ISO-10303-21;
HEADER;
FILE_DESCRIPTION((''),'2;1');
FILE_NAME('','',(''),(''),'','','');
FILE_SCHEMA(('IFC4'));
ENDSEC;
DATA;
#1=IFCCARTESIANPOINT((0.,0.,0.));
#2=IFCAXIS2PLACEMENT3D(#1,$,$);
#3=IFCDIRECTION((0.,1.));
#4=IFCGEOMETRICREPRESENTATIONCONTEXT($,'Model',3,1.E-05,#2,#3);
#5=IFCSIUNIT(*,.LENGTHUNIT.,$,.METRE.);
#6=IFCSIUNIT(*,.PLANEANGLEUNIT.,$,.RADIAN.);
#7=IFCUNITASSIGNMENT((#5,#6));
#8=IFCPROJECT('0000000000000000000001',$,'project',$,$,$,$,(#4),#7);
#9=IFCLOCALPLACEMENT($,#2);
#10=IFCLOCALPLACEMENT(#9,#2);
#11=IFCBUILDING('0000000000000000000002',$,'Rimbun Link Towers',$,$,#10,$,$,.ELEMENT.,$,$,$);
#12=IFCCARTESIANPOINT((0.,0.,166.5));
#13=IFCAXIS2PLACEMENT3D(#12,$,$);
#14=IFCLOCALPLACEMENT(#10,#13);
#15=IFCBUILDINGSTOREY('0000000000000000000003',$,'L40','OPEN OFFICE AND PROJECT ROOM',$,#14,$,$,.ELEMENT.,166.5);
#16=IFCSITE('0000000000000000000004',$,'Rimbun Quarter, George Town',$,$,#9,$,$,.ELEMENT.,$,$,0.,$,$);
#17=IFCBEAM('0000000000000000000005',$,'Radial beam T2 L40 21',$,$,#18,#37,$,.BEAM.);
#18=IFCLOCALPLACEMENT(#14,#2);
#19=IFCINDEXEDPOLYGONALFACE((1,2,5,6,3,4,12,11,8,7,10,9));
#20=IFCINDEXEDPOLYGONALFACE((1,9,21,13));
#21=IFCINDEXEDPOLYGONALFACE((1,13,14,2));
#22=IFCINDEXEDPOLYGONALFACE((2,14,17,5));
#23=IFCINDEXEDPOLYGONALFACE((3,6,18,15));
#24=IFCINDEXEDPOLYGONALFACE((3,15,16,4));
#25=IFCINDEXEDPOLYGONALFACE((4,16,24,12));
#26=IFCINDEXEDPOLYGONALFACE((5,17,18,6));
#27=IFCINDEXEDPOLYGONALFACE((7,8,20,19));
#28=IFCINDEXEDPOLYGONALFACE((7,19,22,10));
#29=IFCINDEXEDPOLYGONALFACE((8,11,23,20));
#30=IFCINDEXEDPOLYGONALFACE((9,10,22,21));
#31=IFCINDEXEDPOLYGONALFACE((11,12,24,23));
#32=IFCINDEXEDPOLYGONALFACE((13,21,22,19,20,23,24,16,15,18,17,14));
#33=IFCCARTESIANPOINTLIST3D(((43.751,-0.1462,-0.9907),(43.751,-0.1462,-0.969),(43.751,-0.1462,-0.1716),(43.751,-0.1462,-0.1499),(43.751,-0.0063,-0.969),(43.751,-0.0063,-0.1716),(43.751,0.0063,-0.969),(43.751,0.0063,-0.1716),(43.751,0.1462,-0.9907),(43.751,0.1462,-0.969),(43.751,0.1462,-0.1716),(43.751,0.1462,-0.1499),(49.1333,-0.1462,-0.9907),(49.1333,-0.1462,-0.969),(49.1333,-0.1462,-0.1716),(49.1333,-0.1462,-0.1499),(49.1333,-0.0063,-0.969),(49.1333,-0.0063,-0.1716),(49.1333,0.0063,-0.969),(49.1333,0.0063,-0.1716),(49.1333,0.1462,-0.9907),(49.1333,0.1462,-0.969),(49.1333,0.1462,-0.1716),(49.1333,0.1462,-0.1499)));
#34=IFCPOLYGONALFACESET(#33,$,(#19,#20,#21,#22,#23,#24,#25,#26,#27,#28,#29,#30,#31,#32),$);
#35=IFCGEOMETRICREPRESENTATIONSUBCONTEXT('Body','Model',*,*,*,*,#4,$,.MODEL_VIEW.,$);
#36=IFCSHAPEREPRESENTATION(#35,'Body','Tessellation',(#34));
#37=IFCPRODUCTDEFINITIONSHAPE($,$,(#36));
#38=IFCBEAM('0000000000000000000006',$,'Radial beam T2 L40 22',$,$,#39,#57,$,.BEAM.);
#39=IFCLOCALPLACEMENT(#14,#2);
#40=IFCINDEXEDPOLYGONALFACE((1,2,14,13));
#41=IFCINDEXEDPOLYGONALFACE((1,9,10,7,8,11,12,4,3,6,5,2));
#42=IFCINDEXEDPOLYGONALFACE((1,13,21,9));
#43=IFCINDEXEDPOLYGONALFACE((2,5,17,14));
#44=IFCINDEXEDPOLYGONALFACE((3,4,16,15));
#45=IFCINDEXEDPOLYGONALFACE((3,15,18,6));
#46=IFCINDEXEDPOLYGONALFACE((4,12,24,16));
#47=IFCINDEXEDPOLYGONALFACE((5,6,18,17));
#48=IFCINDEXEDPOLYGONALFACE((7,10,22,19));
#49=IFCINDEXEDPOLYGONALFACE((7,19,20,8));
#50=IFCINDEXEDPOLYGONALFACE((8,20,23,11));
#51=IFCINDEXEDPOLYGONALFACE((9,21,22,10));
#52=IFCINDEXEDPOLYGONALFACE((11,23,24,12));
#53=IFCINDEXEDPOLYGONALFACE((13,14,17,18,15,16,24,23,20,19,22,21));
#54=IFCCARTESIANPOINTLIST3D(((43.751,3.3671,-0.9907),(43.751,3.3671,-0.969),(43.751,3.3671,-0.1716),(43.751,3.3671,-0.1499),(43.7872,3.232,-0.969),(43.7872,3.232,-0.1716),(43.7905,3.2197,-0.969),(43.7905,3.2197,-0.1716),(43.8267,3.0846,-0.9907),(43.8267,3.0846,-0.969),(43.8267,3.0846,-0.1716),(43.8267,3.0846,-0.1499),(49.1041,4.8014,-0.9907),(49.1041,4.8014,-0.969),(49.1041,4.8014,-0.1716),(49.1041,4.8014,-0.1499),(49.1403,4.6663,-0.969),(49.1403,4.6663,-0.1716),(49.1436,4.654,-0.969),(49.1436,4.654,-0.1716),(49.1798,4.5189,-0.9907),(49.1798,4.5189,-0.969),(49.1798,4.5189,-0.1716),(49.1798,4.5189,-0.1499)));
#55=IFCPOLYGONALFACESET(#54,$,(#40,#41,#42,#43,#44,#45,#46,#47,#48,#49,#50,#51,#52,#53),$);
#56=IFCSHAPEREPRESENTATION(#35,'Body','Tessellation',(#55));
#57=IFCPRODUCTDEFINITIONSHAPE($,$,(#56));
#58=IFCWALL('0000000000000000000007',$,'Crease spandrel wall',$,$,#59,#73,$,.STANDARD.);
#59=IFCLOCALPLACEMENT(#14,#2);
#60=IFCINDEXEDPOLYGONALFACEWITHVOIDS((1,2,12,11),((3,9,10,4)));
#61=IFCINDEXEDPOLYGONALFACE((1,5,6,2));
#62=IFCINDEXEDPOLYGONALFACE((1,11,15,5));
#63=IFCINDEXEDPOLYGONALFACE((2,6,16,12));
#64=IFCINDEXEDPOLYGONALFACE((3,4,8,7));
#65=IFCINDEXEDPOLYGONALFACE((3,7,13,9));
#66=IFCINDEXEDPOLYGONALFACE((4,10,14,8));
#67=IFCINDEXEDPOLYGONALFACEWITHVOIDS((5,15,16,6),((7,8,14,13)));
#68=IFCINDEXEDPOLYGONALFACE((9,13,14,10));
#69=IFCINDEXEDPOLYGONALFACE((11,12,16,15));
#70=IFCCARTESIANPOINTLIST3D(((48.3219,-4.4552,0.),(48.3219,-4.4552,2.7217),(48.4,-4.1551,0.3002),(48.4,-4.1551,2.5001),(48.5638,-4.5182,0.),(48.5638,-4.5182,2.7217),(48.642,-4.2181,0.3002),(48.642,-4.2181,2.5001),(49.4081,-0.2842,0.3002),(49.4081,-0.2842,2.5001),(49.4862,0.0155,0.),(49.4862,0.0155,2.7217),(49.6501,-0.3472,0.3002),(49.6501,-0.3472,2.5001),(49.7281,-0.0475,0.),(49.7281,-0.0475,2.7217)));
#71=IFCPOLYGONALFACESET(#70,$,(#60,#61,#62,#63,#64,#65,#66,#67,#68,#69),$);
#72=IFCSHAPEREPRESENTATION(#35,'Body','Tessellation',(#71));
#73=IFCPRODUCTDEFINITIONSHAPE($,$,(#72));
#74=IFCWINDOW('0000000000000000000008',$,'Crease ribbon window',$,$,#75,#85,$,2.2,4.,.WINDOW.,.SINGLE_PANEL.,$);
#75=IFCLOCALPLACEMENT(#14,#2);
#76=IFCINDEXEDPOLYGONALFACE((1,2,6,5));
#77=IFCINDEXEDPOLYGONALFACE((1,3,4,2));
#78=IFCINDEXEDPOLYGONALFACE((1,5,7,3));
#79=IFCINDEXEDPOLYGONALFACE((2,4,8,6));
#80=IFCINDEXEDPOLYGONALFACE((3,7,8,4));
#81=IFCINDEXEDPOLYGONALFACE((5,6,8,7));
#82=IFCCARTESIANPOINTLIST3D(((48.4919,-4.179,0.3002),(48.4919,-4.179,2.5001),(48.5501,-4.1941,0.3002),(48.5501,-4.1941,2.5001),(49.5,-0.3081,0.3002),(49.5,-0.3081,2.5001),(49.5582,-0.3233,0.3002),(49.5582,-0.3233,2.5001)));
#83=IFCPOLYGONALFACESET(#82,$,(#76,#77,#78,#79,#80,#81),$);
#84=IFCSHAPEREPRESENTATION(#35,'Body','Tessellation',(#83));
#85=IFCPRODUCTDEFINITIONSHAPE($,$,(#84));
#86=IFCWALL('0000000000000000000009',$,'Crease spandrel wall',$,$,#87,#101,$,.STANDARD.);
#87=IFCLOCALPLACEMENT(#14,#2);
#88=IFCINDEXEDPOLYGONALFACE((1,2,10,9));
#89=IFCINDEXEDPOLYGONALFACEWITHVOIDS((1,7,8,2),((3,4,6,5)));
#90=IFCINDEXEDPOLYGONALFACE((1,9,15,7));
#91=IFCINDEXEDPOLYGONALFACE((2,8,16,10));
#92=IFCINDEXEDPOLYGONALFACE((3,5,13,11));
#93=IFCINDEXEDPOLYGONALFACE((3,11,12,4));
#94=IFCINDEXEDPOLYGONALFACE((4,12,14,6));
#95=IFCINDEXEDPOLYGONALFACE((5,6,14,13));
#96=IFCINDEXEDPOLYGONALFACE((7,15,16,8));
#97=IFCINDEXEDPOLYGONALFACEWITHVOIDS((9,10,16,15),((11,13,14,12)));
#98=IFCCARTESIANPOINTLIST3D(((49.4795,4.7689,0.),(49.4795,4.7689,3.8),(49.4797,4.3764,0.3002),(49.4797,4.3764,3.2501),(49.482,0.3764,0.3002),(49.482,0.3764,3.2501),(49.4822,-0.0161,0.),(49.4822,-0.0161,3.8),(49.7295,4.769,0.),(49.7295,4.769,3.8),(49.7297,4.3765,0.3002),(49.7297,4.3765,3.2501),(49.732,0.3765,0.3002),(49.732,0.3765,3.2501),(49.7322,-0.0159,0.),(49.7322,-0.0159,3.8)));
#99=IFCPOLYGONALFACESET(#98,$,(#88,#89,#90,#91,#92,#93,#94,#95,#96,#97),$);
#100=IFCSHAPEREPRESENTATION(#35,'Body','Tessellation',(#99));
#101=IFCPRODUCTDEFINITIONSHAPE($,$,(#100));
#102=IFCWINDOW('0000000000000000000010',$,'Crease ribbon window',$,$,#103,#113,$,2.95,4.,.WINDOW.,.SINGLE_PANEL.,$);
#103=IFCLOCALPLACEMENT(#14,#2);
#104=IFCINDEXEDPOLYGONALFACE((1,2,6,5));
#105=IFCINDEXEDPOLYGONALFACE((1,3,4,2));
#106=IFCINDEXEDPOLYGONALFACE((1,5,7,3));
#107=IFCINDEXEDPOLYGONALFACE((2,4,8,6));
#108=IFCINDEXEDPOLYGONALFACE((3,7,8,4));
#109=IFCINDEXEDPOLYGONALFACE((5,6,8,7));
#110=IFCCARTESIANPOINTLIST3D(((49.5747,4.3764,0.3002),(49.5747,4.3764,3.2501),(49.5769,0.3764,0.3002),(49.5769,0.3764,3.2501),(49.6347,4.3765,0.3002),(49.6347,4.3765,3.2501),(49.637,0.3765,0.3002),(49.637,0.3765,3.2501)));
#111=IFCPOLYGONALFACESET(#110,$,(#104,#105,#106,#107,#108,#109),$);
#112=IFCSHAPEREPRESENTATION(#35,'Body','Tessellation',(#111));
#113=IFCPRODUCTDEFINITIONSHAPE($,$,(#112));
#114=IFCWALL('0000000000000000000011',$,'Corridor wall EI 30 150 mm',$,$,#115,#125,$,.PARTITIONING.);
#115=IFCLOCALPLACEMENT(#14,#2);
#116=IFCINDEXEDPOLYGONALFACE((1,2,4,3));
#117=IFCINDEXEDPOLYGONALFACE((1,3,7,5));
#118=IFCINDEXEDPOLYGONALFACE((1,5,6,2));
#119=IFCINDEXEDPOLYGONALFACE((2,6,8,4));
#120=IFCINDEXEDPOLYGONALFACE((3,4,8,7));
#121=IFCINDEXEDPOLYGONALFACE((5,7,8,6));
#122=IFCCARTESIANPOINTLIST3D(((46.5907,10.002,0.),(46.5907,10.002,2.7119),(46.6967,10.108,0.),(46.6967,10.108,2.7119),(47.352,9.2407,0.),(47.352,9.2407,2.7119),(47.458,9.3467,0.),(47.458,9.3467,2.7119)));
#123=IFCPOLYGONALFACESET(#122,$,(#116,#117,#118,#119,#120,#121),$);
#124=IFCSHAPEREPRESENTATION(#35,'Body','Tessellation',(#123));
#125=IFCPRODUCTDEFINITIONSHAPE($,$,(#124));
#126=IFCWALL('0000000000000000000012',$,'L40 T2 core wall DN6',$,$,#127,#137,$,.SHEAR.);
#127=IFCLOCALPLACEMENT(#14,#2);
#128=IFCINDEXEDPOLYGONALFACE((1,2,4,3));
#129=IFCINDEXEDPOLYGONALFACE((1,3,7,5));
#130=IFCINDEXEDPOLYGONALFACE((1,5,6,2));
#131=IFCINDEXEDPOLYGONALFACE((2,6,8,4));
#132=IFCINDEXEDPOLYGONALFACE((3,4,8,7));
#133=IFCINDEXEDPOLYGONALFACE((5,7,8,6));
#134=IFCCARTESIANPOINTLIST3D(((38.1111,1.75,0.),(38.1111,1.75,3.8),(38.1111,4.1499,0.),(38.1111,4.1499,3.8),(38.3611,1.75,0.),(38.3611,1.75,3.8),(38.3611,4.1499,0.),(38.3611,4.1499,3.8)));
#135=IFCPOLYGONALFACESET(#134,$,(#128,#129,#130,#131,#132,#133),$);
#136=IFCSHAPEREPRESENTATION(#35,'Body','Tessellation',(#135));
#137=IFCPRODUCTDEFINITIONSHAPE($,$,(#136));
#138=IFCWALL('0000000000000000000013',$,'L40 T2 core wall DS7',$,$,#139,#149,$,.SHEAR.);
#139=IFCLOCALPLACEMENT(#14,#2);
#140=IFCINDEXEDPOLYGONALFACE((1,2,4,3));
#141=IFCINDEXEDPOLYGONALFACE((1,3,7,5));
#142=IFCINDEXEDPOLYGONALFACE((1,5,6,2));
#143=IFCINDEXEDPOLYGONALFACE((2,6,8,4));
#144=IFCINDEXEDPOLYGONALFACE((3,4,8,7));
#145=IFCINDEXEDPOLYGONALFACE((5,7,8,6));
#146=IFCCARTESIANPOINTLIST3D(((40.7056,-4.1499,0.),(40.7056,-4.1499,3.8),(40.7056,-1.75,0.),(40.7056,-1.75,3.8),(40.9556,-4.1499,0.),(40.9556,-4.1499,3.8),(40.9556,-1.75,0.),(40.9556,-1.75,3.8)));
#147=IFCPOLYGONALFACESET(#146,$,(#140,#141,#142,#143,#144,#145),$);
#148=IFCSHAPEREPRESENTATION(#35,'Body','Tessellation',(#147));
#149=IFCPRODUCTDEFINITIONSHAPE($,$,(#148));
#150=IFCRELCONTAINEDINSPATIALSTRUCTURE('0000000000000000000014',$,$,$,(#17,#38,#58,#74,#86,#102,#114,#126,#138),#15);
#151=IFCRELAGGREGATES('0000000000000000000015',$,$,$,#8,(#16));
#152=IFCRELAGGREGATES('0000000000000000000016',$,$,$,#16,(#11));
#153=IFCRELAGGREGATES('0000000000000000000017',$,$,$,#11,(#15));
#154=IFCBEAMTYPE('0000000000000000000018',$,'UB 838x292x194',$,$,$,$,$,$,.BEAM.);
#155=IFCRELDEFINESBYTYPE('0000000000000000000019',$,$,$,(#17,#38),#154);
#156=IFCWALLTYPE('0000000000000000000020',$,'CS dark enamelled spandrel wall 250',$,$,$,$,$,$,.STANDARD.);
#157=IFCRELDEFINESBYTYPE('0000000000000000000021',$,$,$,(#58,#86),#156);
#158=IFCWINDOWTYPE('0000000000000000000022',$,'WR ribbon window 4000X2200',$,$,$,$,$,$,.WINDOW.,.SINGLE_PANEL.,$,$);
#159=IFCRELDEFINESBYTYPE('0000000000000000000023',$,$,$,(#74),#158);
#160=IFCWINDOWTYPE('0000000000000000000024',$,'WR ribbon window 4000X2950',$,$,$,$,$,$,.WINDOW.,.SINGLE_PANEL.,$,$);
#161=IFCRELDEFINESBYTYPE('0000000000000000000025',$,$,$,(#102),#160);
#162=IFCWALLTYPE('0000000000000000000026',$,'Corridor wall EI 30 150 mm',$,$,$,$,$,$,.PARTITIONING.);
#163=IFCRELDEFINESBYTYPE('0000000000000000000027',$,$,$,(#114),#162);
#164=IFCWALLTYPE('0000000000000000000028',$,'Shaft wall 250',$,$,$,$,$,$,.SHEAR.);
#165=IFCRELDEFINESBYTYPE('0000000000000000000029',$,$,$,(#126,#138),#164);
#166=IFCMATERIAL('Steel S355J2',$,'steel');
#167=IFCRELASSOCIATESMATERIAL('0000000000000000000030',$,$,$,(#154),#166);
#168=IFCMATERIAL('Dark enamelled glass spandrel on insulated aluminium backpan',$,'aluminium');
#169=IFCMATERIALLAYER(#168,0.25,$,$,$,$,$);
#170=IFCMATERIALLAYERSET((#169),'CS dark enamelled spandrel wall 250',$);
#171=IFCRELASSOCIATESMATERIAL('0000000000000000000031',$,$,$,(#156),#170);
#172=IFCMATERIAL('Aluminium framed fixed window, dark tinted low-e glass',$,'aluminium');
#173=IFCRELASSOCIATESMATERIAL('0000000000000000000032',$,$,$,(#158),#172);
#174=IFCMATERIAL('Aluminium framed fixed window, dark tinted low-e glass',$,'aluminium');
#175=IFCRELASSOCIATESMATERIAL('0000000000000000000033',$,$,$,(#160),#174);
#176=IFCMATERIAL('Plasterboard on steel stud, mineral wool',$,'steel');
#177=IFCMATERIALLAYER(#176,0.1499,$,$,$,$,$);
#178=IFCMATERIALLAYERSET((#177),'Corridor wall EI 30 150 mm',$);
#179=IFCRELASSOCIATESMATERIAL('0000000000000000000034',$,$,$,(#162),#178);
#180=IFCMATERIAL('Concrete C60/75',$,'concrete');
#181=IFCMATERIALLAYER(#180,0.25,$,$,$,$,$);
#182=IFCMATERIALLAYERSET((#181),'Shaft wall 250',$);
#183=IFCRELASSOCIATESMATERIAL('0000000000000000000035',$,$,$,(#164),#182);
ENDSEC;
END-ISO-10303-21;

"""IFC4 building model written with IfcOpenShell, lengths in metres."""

from ifc_helpers import new_model, si_unit, direction, frame, frame_2d, origin, origin_2d, place, context, subcontext, project, spatial, rectangle, i_section, extrude, material, layer, layer_set, material_profile, profile_set, type_object, element, fill, save


model = new_model("IFC4")

# Units and contexts
model_context = context("Model", 3, precision=1e-05, world=origin(), true_north=direction((0.0, 1.0)))
body_context = subcontext(model_context, "Body", "Model", "MODEL_VIEW")
ifc_project = project(units=[si_unit("LENGTHUNIT", "METRE"), si_unit("PLANEANGLEUNIT", "RADIAN")], contexts=[model_context])

# Site, building, storey
site_placement = place(None, origin())
site = spatial("IfcSite", under=ifc_project, at=site_placement, Name="Rimbun Quarter, George Town", CompositionType="ELEMENT", RefElevation=0.0)
building_placement = place(site_placement, origin())
building = spatial("IfcBuilding", under=site, at=building_placement, Name="Rimbun Link Towers", CompositionType="ELEMENT")
storey_placement = place(building_placement, frame((0.0, 0.0, 166.5)))
storey = spatial("IfcBuildingStorey", under=building, at=storey_placement, Name="L40", Description="OPEN OFFICE AND PROJECT ROOM", CompositionType="ELEMENT", Elevation=166.5)

# Beams
ifc_material_1 = material(Name="Steel S355J2", Category="steel")
ifc_material_profile_1 = material_profile(ifc_material_1, i_section(OverallWidth=0.2925, OverallDepth=0.8408, WebThickness=0.0127, FlangeThickness=0.0217, at=origin_2d()), Name="UB 838x292x194")
ifc_profile_set_1 = profile_set([ifc_material_profile_1], Name="Steel S355J2")
beam_type_1 = type_object("IfcBeamType", Name="UB 838x292x194", PredefinedType="BEAM", material=ifc_profile_set_1)
beam_1_placement = place(storey_placement, frame((43.751, 0.0, -0.5703), z_axis=(1.0, 0.0, 0.0), x_axis=(0.0, 1.0, 0.0)))
element("IfcBeam", 1, at=beam_1_placement, inside=storey, type_object=beam_type_1, Name="Radial beam T2 L40 21", PredefinedType="BEAM", context=body_context, shape_type="SweptSolid", body=[
    extrude(i_section(OverallWidth=0.2925, OverallDepth=0.8408, WebThickness=0.0127, FlangeThickness=0.0217, at=origin_2d()), origin(), (0.0, 0.0, 1.0), 5.3823),
])
beam_2_placement = place(storey_placement, frame((43.7888, 3.2258, -0.5703), z_axis=(0.965929, 0.258806, 0.0), x_axis=(-0.258806, 0.965929, 0.0)))
element("IfcBeam", 2, at=beam_2_placement, inside=storey, type_object=beam_type_1, Name="Radial beam T2 L40 22", PredefinedType="BEAM", context=body_context, shape_type="SweptSolid", body=[
    extrude(i_section(OverallWidth=0.2925, OverallDepth=0.8408, WebThickness=0.0127, FlangeThickness=0.0217, at=origin_2d()), origin(), (0.0, 0.0, 1.0), 5.542),
])

# Walls, openings, windows
ifc_material_2 = material(Name="Dark enamelled glass spandrel on insulated aluminium backpan", Category="aluminium")
ifc_layer_1 = layer(ifc_material_2, 0.25)
ifc_layer_set_1 = layer_set([ifc_layer_1], Name="CS dark enamelled spandrel wall 250")
wall_type_1 = type_object("IfcWallType", Name="CS dark enamelled spandrel wall 250", PredefinedType="STANDARD", material=ifc_layer_set_1)
wall_1_placement = place(storey_placement, frame((49.6072, -0.0159, 0.0), z_axis=(0.0, 0.0, 1.0), x_axis=(-0.252024, -0.967721, 0.0)))
wall_1 = element("IfcWall", 3, at=wall_1_placement, inside=storey, type_object=wall_type_1, Name="Crease spandrel wall", PredefinedType="STANDARD", context=body_context, shape_type="SweptSolid", body=[
    extrude(rectangle(XDim=4.6199, YDim=0.25, at=frame_2d((2.3101, 0.0))), origin(), (0.0, 0.0, 1.0), 2.7217),
])
opening_1_placement = place(wall_1_placement, frame((0.3098, 0.0, 0.3)))
opening_1 = element("IfcOpeningElement", 4, at=opening_1_placement, cuts=wall_1, PredefinedType="OPENING", context=body_context, shape_type="SweptSolid", body=[
    extrude(rectangle(XDim=4.0, YDim=2.2, at=frame_2d((2.0, 1.1001))), frame((0.0, 0.135, 0.0), z_axis=(0.0, -1.0, 0.0), x_axis=(1.0, 0.0, 0.0)), (0.0, 0.0, 1.0), 0.27),
])
ifc_material_3 = material(Name="Aluminium framed fixed window, dark tinted low-e glass", Category="aluminium")
window_type_1 = type_object("IfcWindowType", Name="WR ribbon window 4000X2200", PartitioningType="SINGLE_PANEL", PredefinedType="WINDOW", material=ifc_material_3)
window_1_placement = place(opening_1_placement, origin())
window_1 = element("IfcWindow", 5, at=window_1_placement, inside=storey, type_object=window_type_1, Name="Crease ribbon window", OverallHeight=2.2, OverallWidth=4.0, PartitioningType="SINGLE_PANEL", PredefinedType="WINDOW", context=body_context, shape_type="SweptSolid", body=[
    extrude(rectangle(XDim=4.0, YDim=2.2, at=frame_2d((2.0, 1.1001))), frame((0.0, 0.03, 0.0), z_axis=(0.0, -1.0, 0.0), x_axis=(1.0, 0.0, 0.0)), (0.0, 0.0, 1.0), 0.0601),
])
fill(opening_1, window_1)
wall_2_placement = place(storey_placement, frame((49.6045, 4.769, 0.0), z_axis=(0.0, 0.0, 1.0), x_axis=(0.000561, -1.0, 0.0)))
wall_2 = element("IfcWall", 6, at=wall_2_placement, inside=storey, type_object=wall_type_1, Name="Crease spandrel wall", PredefinedType="STANDARD", context=body_context, shape_type="SweptSolid", body=[
    extrude(rectangle(XDim=4.7849, YDim=0.25, at=frame_2d((2.3926, 0.0))), origin(), (0.0, 0.0, 1.0), 3.8),
])
opening_2_placement = place(wall_2_placement, frame((0.3926, 0.0, 0.3)))
opening_2 = element("IfcOpeningElement", 7, at=opening_2_placement, cuts=wall_2, PredefinedType="OPENING", context=body_context, shape_type="SweptSolid", body=[
    extrude(rectangle(XDim=4.0, YDim=2.95, at=frame_2d((2.0, 1.4751))), frame((0.0, 0.135, 0.0), z_axis=(0.0, -1.0, 0.0), x_axis=(1.0, 0.0, 0.0)), (0.0, 0.0, 1.0), 0.27),
])
ifc_material_4 = material(Name="Aluminium framed fixed window, dark tinted low-e glass", Category="aluminium")
window_type_2 = type_object("IfcWindowType", Name="WR ribbon window 4000X2950", PartitioningType="SINGLE_PANEL", PredefinedType="WINDOW", material=ifc_material_4)
window_2_placement = place(opening_2_placement, origin())
window_2 = element("IfcWindow", 8, at=window_2_placement, inside=storey, type_object=window_type_2, Name="Crease ribbon window", OverallHeight=2.95, OverallWidth=4.0, PartitioningType="SINGLE_PANEL", PredefinedType="WINDOW", context=body_context, shape_type="SweptSolid", body=[
    extrude(rectangle(XDim=4.0, YDim=2.95, at=frame_2d((2.0, 1.4751))), frame((0.0, 0.03, 0.0), z_axis=(0.0, -1.0, 0.0), x_axis=(1.0, 0.0, 0.0)), (0.0, 0.0, 1.0), 0.0601),
])
fill(opening_2, window_2)

# Walls
ifc_material_5 = material(Name="Plasterboard on steel stud, mineral wool", Category="steel")
ifc_layer_2 = layer(ifc_material_5, 0.1499)
ifc_layer_set_2 = layer_set([ifc_layer_2], Name="Corridor wall EI 30 150 mm")
wall_type_2 = type_object("IfcWallType", Name="Corridor wall EI 30 150 mm", PredefinedType="PARTITIONING", material=ifc_layer_set_2)
wall_3_placement = place(storey_placement, frame((47.405, 9.2937, 0.0), z_axis=(0.0, 0.0, 1.0), x_axis=(-0.707107, 0.707107, 0.0)))
element("IfcWall", 9, at=wall_3_placement, inside=storey, type_object=wall_type_2, Name="Corridor wall EI 30 150 mm", PredefinedType="PARTITIONING", context=body_context, shape_type="SweptSolid", body=[
    extrude(rectangle(XDim=1.0767, YDim=0.1499, at=frame_2d((0.5383, 0.0))), origin(), (0.0, 0.0, 1.0), 2.7119),
])
ifc_material_6 = material(Name="Concrete C60/75", Category="concrete")
ifc_layer_3 = layer(ifc_material_6, 0.25)
ifc_layer_set_3 = layer_set([ifc_layer_3], Name="Shaft wall 250")
wall_type_3 = type_object("IfcWallType", Name="Shaft wall 250", PredefinedType="SHEAR", material=ifc_layer_set_3)
for number, where, z_axis, x_axis, name in (
    (10, (38.2361, 1.75, 0.0), (0.0, 0.0, 1.0), (0.0, 1.0, 0.0), "L40 T2 core wall DN6"),
    (11, (40.8306, -4.1499, 0.0), (0.0, 0.0, 1.0), (0.0, 1.0, 0.0), "L40 T2 core wall DS7"),
):
    element("IfcWall", number, at=place(storey_placement, frame(where, z_axis=z_axis, x_axis=x_axis)), inside=storey, type_object=wall_type_3, Name=name, PredefinedType="SHEAR", context=body_context, shape_type="SweptSolid", body=[
        extrude(rectangle(XDim=2.3999, YDim=0.25, at=frame_2d((1.2, 0.0))), origin(), (0.0, 0.0, 1.0), 3.8),
    ])

save(model, "model.ifc")
